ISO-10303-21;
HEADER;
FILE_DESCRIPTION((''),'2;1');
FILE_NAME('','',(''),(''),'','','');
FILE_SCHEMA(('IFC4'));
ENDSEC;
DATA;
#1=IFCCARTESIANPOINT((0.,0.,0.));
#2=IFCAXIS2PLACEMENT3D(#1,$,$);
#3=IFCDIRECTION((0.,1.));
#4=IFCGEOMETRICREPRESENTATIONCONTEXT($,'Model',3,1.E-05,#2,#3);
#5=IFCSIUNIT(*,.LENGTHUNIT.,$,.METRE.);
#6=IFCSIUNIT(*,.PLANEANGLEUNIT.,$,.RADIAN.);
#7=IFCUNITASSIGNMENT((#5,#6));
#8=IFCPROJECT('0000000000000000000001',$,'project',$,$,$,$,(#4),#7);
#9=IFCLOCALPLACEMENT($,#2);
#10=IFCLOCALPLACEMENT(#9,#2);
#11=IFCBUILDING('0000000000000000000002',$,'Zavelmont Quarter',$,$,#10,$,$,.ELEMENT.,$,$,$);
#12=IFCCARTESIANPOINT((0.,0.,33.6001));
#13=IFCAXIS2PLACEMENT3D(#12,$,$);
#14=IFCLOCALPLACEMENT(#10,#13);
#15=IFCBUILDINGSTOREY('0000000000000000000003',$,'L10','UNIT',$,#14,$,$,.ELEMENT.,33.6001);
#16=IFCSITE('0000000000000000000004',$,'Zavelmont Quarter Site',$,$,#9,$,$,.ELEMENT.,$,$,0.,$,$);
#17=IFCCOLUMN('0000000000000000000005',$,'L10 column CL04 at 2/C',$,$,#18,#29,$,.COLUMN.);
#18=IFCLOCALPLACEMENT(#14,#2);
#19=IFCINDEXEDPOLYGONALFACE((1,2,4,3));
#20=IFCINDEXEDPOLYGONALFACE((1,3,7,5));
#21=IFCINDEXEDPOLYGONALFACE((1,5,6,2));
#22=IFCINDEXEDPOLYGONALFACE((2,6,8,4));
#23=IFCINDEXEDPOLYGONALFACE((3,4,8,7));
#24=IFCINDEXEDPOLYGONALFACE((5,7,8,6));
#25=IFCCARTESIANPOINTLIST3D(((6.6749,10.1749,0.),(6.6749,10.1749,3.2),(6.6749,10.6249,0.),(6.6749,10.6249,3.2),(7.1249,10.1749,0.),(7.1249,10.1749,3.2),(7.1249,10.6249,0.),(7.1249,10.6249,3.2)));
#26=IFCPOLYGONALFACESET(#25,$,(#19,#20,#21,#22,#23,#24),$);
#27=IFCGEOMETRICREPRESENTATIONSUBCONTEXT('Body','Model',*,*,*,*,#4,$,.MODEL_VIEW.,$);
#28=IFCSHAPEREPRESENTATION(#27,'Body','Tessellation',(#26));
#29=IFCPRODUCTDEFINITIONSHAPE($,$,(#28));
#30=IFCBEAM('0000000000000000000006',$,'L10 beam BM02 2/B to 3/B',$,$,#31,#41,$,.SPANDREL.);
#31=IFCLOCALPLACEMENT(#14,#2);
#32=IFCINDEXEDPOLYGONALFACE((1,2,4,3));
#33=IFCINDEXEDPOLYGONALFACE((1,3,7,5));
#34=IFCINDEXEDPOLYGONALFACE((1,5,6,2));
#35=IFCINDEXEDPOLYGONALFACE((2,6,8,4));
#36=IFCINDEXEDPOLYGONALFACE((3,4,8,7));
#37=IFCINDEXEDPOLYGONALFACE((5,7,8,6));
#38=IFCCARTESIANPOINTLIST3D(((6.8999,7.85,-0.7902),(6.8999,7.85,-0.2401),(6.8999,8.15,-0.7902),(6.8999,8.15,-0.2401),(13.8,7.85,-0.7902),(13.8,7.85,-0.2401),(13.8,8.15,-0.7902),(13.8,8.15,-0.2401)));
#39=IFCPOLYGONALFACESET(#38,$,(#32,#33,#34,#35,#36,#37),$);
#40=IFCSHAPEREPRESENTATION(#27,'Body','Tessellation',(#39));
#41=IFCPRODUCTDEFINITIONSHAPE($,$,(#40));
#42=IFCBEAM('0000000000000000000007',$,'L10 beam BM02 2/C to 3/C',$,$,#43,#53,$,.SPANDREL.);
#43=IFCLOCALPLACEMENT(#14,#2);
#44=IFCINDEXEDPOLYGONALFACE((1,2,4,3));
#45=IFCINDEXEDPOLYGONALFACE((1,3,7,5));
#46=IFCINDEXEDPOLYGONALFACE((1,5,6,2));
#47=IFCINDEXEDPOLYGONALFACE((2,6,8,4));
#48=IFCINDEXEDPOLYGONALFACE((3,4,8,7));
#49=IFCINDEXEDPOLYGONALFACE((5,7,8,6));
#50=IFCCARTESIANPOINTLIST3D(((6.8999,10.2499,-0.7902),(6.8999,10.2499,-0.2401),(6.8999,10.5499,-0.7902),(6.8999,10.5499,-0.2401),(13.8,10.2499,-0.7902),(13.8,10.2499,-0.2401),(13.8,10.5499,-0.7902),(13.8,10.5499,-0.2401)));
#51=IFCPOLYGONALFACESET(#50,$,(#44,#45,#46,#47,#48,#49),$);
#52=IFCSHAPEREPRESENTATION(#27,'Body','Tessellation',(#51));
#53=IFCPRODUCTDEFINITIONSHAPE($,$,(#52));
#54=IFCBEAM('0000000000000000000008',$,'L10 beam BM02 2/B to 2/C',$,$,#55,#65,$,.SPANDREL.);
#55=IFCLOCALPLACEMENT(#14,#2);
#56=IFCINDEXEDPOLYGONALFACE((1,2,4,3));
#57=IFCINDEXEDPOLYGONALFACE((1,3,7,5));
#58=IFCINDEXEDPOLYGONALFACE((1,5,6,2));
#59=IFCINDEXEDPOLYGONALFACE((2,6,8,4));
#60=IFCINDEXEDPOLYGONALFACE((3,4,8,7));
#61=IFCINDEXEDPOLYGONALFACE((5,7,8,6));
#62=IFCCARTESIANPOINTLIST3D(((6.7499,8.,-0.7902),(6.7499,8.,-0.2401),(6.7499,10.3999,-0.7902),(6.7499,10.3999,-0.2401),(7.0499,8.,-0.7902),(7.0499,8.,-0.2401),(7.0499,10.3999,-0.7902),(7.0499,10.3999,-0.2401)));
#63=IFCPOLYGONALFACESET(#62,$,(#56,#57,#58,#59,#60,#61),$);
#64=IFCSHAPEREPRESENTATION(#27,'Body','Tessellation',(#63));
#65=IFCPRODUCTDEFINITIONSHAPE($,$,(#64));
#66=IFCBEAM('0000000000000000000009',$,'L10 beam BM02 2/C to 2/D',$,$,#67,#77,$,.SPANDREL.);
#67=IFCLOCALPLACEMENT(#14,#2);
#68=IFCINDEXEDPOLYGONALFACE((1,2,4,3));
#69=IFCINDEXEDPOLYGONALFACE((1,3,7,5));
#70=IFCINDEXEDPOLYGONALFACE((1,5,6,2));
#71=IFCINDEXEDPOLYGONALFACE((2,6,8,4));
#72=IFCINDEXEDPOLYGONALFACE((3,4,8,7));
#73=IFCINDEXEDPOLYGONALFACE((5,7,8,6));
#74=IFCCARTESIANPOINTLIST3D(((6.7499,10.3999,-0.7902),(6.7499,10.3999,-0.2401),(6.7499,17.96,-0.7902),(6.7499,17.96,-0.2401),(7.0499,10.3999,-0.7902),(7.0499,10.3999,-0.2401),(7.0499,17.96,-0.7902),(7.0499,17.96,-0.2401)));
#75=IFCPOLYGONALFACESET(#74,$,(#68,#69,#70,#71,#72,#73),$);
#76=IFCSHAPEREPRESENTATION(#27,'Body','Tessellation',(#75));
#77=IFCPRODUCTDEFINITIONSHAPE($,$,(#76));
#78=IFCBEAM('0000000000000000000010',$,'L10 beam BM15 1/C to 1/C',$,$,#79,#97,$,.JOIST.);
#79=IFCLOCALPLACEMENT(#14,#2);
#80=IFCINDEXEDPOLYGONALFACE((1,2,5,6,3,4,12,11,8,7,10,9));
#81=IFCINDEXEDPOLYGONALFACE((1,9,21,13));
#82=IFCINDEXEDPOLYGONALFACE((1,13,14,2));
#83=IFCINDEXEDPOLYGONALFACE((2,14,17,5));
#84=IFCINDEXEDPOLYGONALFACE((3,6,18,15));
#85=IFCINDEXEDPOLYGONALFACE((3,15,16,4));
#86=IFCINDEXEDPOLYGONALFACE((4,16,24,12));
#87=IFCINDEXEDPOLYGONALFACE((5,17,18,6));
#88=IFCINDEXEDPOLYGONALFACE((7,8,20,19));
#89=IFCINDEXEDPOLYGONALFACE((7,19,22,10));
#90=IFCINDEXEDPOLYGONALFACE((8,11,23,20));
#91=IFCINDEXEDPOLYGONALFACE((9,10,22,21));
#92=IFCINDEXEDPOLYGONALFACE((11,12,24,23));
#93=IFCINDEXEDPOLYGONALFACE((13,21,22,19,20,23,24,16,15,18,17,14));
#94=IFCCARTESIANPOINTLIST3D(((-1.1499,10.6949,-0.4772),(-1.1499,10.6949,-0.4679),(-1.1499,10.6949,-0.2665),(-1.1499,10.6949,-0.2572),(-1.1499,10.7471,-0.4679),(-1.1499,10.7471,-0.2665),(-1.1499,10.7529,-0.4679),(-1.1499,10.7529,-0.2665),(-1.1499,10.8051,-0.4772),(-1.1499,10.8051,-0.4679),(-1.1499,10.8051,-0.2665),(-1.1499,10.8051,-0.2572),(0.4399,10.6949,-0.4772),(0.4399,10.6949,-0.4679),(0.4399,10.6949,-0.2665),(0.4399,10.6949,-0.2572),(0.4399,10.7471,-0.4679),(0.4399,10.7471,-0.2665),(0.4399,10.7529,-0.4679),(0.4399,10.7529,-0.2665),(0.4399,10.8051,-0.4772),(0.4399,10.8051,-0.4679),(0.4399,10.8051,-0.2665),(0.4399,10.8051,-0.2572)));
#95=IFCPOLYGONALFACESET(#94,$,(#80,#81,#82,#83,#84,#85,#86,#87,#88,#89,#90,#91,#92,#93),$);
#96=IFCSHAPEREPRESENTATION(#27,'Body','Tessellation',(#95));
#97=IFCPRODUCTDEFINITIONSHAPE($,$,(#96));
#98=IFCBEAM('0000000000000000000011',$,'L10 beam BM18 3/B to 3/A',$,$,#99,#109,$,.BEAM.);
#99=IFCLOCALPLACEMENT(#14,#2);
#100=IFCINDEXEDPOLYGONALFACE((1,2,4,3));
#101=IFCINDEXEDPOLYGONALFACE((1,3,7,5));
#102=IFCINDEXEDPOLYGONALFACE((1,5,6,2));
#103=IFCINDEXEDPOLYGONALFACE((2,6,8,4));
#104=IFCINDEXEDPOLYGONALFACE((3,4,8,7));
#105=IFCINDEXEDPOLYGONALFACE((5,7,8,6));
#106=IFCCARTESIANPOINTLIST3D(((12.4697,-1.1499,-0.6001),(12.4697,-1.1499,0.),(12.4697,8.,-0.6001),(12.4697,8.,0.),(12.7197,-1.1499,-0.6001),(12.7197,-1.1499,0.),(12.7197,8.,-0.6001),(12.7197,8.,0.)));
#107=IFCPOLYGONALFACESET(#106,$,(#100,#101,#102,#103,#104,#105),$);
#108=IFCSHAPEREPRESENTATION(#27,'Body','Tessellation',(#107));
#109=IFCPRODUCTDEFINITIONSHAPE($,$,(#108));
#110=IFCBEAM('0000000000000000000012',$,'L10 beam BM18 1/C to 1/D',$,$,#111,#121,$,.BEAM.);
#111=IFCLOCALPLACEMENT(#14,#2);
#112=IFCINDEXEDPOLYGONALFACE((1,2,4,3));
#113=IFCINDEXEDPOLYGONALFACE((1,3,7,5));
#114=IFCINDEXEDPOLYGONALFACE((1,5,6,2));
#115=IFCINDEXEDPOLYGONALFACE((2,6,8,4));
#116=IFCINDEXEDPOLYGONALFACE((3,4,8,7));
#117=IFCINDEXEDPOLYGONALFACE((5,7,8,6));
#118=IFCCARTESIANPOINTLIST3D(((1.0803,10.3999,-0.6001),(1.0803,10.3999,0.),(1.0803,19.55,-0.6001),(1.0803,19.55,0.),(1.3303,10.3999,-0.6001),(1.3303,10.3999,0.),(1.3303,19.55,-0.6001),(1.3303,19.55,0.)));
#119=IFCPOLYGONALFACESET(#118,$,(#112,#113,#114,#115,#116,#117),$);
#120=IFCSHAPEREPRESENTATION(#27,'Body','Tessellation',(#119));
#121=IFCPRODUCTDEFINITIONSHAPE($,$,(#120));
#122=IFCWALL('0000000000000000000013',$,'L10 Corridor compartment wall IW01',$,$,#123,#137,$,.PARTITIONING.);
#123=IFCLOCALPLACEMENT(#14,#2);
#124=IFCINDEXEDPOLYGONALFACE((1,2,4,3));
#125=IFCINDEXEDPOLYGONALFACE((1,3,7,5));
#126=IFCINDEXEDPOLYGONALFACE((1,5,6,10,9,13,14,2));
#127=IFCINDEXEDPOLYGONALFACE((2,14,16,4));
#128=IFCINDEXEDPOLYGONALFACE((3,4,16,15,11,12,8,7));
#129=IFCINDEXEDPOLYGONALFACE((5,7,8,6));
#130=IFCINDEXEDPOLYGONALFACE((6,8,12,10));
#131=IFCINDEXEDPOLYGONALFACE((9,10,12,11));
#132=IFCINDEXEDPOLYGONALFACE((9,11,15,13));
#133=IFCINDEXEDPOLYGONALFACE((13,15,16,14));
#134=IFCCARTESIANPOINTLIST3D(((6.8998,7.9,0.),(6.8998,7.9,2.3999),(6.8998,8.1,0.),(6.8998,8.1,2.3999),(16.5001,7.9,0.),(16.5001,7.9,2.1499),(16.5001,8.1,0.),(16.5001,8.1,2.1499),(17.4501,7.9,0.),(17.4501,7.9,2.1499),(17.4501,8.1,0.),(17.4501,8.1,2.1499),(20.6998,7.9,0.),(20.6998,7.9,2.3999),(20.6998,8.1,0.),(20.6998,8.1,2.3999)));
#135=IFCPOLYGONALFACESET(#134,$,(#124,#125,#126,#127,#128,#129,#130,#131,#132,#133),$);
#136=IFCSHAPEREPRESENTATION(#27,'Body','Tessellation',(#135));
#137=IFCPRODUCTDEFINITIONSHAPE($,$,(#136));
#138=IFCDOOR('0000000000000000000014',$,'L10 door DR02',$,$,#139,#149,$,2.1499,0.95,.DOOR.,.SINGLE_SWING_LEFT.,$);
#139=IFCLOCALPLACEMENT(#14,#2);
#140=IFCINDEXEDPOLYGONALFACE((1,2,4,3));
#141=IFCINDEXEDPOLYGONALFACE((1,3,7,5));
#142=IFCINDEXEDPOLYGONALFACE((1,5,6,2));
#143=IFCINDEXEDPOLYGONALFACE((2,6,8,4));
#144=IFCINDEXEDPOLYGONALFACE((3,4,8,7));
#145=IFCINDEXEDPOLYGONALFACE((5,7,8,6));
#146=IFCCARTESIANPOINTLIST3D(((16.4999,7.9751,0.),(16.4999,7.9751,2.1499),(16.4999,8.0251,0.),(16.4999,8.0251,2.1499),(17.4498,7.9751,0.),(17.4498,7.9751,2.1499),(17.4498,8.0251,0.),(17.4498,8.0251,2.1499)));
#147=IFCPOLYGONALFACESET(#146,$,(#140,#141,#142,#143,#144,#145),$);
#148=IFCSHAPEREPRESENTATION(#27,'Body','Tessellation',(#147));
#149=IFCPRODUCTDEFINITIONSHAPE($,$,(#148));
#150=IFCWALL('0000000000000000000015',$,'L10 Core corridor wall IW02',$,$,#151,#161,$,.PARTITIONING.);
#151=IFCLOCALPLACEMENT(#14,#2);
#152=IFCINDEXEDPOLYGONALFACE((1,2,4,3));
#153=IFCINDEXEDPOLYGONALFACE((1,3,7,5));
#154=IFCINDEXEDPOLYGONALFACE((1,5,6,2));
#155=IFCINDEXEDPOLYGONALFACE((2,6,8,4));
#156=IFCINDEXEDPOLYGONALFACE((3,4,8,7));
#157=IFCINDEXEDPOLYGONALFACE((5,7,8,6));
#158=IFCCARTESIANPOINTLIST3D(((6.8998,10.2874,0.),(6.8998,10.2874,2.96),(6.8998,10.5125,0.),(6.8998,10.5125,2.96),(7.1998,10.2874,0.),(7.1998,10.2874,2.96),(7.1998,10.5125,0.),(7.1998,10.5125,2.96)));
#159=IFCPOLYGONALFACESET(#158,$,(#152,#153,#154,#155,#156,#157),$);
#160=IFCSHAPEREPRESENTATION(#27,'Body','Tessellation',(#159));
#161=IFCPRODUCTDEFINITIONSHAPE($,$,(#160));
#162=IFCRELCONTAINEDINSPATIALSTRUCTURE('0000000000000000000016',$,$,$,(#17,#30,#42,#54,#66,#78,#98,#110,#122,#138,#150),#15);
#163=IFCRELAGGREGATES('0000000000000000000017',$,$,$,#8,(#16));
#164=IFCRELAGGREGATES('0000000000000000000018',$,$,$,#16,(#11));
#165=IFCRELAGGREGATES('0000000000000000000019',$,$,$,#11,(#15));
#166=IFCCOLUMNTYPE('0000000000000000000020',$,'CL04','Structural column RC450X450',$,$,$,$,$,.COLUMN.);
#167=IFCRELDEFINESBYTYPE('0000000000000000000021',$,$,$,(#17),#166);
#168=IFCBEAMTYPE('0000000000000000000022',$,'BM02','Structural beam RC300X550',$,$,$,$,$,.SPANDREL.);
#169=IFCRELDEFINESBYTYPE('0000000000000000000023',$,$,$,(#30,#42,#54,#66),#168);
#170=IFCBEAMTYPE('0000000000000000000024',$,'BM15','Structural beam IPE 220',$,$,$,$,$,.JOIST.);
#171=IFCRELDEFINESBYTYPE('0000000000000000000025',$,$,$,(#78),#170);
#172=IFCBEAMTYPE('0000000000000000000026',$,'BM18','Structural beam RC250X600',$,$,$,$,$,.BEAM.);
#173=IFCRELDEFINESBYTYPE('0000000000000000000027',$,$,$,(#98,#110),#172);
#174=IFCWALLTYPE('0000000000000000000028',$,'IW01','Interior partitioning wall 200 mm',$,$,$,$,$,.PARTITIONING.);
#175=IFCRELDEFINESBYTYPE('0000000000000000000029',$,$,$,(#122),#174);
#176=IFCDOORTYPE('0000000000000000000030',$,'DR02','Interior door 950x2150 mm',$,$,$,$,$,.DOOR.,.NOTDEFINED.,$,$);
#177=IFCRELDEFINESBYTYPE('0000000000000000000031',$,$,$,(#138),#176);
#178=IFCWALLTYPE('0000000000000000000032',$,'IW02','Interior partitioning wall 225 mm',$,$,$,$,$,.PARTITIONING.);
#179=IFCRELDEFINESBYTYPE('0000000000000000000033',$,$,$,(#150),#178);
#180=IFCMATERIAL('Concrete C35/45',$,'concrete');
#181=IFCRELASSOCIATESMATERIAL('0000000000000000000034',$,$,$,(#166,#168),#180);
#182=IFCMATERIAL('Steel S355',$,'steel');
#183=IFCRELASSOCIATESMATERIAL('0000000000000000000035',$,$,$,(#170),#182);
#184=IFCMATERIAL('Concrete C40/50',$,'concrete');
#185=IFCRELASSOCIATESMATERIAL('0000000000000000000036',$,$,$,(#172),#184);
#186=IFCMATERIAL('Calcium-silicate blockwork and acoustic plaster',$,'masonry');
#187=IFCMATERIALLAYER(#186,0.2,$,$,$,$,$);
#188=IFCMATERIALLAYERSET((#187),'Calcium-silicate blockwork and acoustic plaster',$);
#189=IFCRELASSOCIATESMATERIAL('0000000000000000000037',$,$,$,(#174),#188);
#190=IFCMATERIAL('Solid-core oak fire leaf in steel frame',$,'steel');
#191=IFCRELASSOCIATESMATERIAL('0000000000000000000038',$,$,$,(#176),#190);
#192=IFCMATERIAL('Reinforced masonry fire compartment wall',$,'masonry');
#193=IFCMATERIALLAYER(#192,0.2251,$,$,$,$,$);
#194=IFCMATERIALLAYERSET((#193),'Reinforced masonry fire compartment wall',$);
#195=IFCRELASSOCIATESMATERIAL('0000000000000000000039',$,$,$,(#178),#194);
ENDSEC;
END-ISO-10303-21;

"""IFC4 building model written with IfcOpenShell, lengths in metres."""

from ifc_helpers import new_model, si_unit, direction, frame, frame_2d, origin, origin_2d, place, context, subcontext, project, spatial, rectangle, i_section, extrude, material, layer, layer_set, material_profile, profile_set, type_object, element, fill, save


model = new_model("IFC4")

# Units and contexts
model_context = context("Model", 3, precision=1e-05, world=origin(), true_north=direction((0.0, 1.0)))
body_context = subcontext(model_context, "Body", "Model", "MODEL_VIEW")
ifc_project = project(units=[si_unit("LENGTHUNIT", "METRE"), si_unit("PLANEANGLEUNIT", "RADIAN")], contexts=[model_context])

# Site, building, storey
site_placement = place(None, origin())
site = spatial("IfcSite", under=ifc_project, at=site_placement, Name="Zavelmont Quarter Site", CompositionType="ELEMENT", RefElevation=0.0)
building_placement = place(site_placement, origin())
building = spatial("IfcBuilding", under=site, at=building_placement, Name="Zavelmont Quarter", CompositionType="ELEMENT")
storey_placement = place(building_placement, frame((0.0, 0.0, 33.6001)))
storey = spatial("IfcBuildingStorey", under=building, at=storey_placement, Name="L10", Description="UNIT", CompositionType="ELEMENT", Elevation=33.6001)

# Column
ifc_material_1 = material(Name="Concrete C35/45", Category="concrete")
ifc_material_profile_1 = material_profile(ifc_material_1, rectangle(XDim=0.45, YDim=0.45, at=origin_2d()), Name="RC450X450")
ifc_profile_set_1 = profile_set([ifc_material_profile_1], Name="Concrete C35/45")
column_type = type_object("IfcColumnType", Name="CL04", Description="Structural column RC450X450", PredefinedType="COLUMN", material=ifc_profile_set_1)
column_placement = place(storey_placement, frame((6.8999, 10.3999, 0.0), z_axis=(0.0, 0.0, 1.0), x_axis=(1.0, 0.0, 0.0)))
element("IfcColumn", 1, at=column_placement, inside=storey, type_object=column_type, Name="L10 column CL04 at 2/C", PredefinedType="COLUMN", context=body_context, shape_type="SweptSolid", body=[
    extrude(rectangle(XDim=0.45, YDim=0.45, at=origin_2d()), origin(), (0.0, 0.0, 1.0), 3.2),
])

# Beams
ifc_material_profile_2 = material_profile(ifc_material_1, rectangle(XDim=0.3, YDim=0.55, at=origin_2d()), Name="RC300X550")
ifc_profile_set_2 = profile_set([ifc_material_profile_2], Name="Concrete C35/45")
beam_type_1 = type_object("IfcBeamType", Name="BM02", Description="Structural beam RC300X550", PredefinedType="SPANDREL", material=ifc_profile_set_2)
for number, where, z_axis, x_axis, name in (
    (2, (6.8999, 8.0, -0.5151), (1.0, 0.0, 0.0), (0.0, 1.0, 0.0), "L10 beam BM02 2/B to 3/B"),
    (3, (6.8999, 10.3999, -0.5151), (1.0, 0.0, 0.0), (0.0, 1.0, 0.0), "L10 beam BM02 2/C to 3/C"),
):
    element("IfcBeam", number, at=place(storey_placement, frame(where, z_axis=z_axis, x_axis=x_axis)), inside=storey, type_object=beam_type_1, Name=name, PredefinedType="SPANDREL", context=body_context, shape_type="SweptSolid", body=[
        extrude(rectangle(XDim=0.3, YDim=0.55, at=origin_2d()), origin(), (0.0, 0.0, 1.0), 6.9001),
    ])
beam_1_placement = place(storey_placement, frame((6.8999, 8.0, -0.5151), z_axis=(0.0, 1.0, 0.0), x_axis=(-1.0, 0.0, 0.0)))
element("IfcBeam", 4, at=beam_1_placement, inside=storey, type_object=beam_type_1, Name="L10 beam BM02 2/B to 2/C", PredefinedType="SPANDREL", context=body_context, shape_type="SweptSolid", body=[
    extrude(rectangle(XDim=0.3, YDim=0.55, at=origin_2d()), origin(), (0.0, 0.0, 1.0), 2.3999),
])
beam_2_placement = place(storey_placement, frame((6.8999, 10.3999, -0.5151), z_axis=(0.0, 1.0, 0.0), x_axis=(-1.0, 0.0, 0.0)))
element("IfcBeam", 5, at=beam_2_placement, inside=storey, type_object=beam_type_1, Name="L10 beam BM02 2/C to 2/D", PredefinedType="SPANDREL", context=body_context, shape_type="SweptSolid", body=[
    extrude(rectangle(XDim=0.3, YDim=0.55, at=origin_2d()), origin(), (0.0, 0.0, 1.0), 7.5601),
])
ifc_material_2 = material(Name="Steel S355", Category="steel")
ifc_material_profile_3 = material_profile(ifc_material_2, i_section(OverallWidth=0.1101, OverallDepth=0.22, WebThickness=0.0059, FlangeThickness=0.0093, at=origin_2d()), Name="IPE 220")
ifc_profile_set_3 = profile_set([ifc_material_profile_3], Name="Steel S355")
beam_type_2 = type_object("IfcBeamType", Name="BM15", Description="Structural beam IPE 220", PredefinedType="JOIST", material=ifc_profile_set_3)
beam_3_placement = place(storey_placement, frame((0.4399, 10.75, -0.3672), z_axis=(-1.0, 0.0, 0.0), x_axis=(0.0, -1.0, 0.0)))
element("IfcBeam", 6, at=beam_3_placement, inside=storey, type_object=beam_type_2, Name="L10 beam BM15 1/C to 1/C", PredefinedType="JOIST", context=body_context, shape_type="SweptSolid", body=[
    extrude(i_section(OverallWidth=0.1101, OverallDepth=0.22, WebThickness=0.0059, FlangeThickness=0.0093, at=origin_2d()), origin(), (0.0, 0.0, 1.0), 1.5898),
])
ifc_material_3 = material(Name="Concrete C40/50", Category="concrete")
ifc_material_profile_4 = material_profile(ifc_material_3, rectangle(XDim=0.25, YDim=0.6001, at=origin_2d()), Name="RC250X600")
ifc_profile_set_4 = profile_set([ifc_material_profile_4], Name="Concrete C40/50")
beam_type_3 = type_object("IfcBeamType", Name="BM18", Description="Structural beam RC250X600", PredefinedType="BEAM", material=ifc_profile_set_4)
beam_4_placement = place(storey_placement, frame((12.5947, 8.0, -0.3), z_axis=(0.0, -1.0, 0.0), x_axis=(1.0, 0.0, 0.0)))
element("IfcBeam", 7, at=beam_4_placement, inside=storey, type_object=beam_type_3, Name="L10 beam BM18 3/B to 3/A", PredefinedType="BEAM", context=body_context, shape_type="SweptSolid", body=[
    extrude(rectangle(XDim=0.25, YDim=0.6001, at=origin_2d()), origin(), (0.0, 0.0, 1.0), 9.1499),
])
beam_5_placement = place(storey_placement, frame((1.2053, 10.3999, -0.3), z_axis=(0.0, 1.0, 0.0), x_axis=(-1.0, 0.0, 0.0)))
element("IfcBeam", 8, at=beam_5_placement, inside=storey, type_object=beam_type_3, Name="L10 beam BM18 1/C to 1/D", PredefinedType="BEAM", context=body_context, shape_type="SweptSolid", body=[
    extrude(rectangle(XDim=0.25, YDim=0.6001, at=origin_2d()), origin(), (0.0, 0.0, 1.0), 9.1501),
])

# Wall, opening, door
ifc_material_4 = material(Name="Calcium-silicate blockwork and acoustic plaster", Category="masonry")
ifc_layer_1 = layer(ifc_material_4, 0.2)
ifc_layer_set_1 = layer_set([ifc_layer_1], Name="Calcium-silicate blockwork and acoustic plaster")
wall_type_1 = type_object("IfcWallType", Name="IW01", Description="Interior partitioning wall 200 mm", PredefinedType="PARTITIONING", material=ifc_layer_set_1)
wall_1_placement = place(storey_placement, frame((6.8999, 8.0, 0.0), z_axis=(0.0, 0.0, 1.0), x_axis=(1.0, 0.0, 0.0)))
wall_1 = element("IfcWall", 9, at=wall_1_placement, inside=storey, type_object=wall_type_1, Name="L10 Corridor compartment wall IW01", PredefinedType="PARTITIONING", context=body_context, shape_type="SweptSolid", body=[
    extrude(rectangle(XDim=13.8, YDim=0.2, at=frame_2d((6.8999, 0.0))), origin(), (0.0, 0.0, 1.0), 2.3999),
])
opening_1_placement = place(wall_1_placement, frame((9.6001, 0.0, 0.0)))
opening_1 = element("IfcOpeningElement", 10, at=opening_1_placement, cuts=wall_1, PredefinedType="OPENING", context=body_context, shape_type="SweptSolid", body=[
    extrude(rectangle(XDim=0.95, YDim=2.1499, at=frame_2d((0.4751, 1.075))), frame((0.0, 0.1118, 0.0), z_axis=(0.0, -1.0, 0.0), x_axis=(1.0, 0.0, 0.0)), (0.0, 0.0, 1.0), 0.2239),
])
ifc_material_5 = material(Name="Solid-core oak fire leaf in steel frame", Category="steel")
door_type_1 = type_object("IfcDoorType", Name="DR02", Description="Interior door 950x2150 mm", OperationType="NOTDEFINED", PredefinedType="DOOR", material=ifc_material_5)
door_1_placement = place(opening_1_placement, frame((0.95, 0.0, 0.0), z_axis=(0.0, 0.0, 1.0), x_axis=(-1.0, 0.0, 0.0)))
door_1 = element("IfcDoor", 11, at=door_1_placement, inside=storey, type_object=door_type_1, Name="L10 door DR02", OperationType="SINGLE_SWING_LEFT", OverallHeight=2.1499, OverallWidth=0.95, PredefinedType="DOOR", context=body_context, shape_type="SweptSolid", body=[
    extrude(rectangle(XDim=0.95, YDim=2.1499, at=frame_2d((0.4751, 1.075))), frame((0.0, 0.0249, 0.0), z_axis=(0.0, -1.0, 0.0), x_axis=(1.0, 0.0, 0.0)), (0.0, 0.0, 1.0), 0.05),
])
fill(opening_1, door_1)

# Wall
ifc_material_6 = material(Name="Reinforced masonry fire compartment wall", Category="masonry")
ifc_layer_2 = layer(ifc_material_6, 0.2251)
ifc_layer_set_2 = layer_set([ifc_layer_2], Name="Reinforced masonry fire compartment wall")
wall_type_2 = type_object("IfcWallType", Name="IW02", Description="Interior partitioning wall 225 mm", PredefinedType="PARTITIONING", material=ifc_layer_set_2)
wall_2_placement = place(storey_placement, frame((6.8999, 10.3999, 0.0), z_axis=(0.0, 0.0, 1.0), x_axis=(1.0, 0.0, 0.0)))
element("IfcWall", 12, at=wall_2_placement, inside=storey, type_object=wall_type_2, Name="L10 Core corridor wall IW02", PredefinedType="PARTITIONING", context=body_context, shape_type="SweptSolid", body=[
    extrude(rectangle(XDim=0.3, YDim=0.2251, at=frame_2d((0.1499, 0.0))), origin(), (0.0, 0.0, 1.0), 2.96),
])

save(model, "model.ifc")
